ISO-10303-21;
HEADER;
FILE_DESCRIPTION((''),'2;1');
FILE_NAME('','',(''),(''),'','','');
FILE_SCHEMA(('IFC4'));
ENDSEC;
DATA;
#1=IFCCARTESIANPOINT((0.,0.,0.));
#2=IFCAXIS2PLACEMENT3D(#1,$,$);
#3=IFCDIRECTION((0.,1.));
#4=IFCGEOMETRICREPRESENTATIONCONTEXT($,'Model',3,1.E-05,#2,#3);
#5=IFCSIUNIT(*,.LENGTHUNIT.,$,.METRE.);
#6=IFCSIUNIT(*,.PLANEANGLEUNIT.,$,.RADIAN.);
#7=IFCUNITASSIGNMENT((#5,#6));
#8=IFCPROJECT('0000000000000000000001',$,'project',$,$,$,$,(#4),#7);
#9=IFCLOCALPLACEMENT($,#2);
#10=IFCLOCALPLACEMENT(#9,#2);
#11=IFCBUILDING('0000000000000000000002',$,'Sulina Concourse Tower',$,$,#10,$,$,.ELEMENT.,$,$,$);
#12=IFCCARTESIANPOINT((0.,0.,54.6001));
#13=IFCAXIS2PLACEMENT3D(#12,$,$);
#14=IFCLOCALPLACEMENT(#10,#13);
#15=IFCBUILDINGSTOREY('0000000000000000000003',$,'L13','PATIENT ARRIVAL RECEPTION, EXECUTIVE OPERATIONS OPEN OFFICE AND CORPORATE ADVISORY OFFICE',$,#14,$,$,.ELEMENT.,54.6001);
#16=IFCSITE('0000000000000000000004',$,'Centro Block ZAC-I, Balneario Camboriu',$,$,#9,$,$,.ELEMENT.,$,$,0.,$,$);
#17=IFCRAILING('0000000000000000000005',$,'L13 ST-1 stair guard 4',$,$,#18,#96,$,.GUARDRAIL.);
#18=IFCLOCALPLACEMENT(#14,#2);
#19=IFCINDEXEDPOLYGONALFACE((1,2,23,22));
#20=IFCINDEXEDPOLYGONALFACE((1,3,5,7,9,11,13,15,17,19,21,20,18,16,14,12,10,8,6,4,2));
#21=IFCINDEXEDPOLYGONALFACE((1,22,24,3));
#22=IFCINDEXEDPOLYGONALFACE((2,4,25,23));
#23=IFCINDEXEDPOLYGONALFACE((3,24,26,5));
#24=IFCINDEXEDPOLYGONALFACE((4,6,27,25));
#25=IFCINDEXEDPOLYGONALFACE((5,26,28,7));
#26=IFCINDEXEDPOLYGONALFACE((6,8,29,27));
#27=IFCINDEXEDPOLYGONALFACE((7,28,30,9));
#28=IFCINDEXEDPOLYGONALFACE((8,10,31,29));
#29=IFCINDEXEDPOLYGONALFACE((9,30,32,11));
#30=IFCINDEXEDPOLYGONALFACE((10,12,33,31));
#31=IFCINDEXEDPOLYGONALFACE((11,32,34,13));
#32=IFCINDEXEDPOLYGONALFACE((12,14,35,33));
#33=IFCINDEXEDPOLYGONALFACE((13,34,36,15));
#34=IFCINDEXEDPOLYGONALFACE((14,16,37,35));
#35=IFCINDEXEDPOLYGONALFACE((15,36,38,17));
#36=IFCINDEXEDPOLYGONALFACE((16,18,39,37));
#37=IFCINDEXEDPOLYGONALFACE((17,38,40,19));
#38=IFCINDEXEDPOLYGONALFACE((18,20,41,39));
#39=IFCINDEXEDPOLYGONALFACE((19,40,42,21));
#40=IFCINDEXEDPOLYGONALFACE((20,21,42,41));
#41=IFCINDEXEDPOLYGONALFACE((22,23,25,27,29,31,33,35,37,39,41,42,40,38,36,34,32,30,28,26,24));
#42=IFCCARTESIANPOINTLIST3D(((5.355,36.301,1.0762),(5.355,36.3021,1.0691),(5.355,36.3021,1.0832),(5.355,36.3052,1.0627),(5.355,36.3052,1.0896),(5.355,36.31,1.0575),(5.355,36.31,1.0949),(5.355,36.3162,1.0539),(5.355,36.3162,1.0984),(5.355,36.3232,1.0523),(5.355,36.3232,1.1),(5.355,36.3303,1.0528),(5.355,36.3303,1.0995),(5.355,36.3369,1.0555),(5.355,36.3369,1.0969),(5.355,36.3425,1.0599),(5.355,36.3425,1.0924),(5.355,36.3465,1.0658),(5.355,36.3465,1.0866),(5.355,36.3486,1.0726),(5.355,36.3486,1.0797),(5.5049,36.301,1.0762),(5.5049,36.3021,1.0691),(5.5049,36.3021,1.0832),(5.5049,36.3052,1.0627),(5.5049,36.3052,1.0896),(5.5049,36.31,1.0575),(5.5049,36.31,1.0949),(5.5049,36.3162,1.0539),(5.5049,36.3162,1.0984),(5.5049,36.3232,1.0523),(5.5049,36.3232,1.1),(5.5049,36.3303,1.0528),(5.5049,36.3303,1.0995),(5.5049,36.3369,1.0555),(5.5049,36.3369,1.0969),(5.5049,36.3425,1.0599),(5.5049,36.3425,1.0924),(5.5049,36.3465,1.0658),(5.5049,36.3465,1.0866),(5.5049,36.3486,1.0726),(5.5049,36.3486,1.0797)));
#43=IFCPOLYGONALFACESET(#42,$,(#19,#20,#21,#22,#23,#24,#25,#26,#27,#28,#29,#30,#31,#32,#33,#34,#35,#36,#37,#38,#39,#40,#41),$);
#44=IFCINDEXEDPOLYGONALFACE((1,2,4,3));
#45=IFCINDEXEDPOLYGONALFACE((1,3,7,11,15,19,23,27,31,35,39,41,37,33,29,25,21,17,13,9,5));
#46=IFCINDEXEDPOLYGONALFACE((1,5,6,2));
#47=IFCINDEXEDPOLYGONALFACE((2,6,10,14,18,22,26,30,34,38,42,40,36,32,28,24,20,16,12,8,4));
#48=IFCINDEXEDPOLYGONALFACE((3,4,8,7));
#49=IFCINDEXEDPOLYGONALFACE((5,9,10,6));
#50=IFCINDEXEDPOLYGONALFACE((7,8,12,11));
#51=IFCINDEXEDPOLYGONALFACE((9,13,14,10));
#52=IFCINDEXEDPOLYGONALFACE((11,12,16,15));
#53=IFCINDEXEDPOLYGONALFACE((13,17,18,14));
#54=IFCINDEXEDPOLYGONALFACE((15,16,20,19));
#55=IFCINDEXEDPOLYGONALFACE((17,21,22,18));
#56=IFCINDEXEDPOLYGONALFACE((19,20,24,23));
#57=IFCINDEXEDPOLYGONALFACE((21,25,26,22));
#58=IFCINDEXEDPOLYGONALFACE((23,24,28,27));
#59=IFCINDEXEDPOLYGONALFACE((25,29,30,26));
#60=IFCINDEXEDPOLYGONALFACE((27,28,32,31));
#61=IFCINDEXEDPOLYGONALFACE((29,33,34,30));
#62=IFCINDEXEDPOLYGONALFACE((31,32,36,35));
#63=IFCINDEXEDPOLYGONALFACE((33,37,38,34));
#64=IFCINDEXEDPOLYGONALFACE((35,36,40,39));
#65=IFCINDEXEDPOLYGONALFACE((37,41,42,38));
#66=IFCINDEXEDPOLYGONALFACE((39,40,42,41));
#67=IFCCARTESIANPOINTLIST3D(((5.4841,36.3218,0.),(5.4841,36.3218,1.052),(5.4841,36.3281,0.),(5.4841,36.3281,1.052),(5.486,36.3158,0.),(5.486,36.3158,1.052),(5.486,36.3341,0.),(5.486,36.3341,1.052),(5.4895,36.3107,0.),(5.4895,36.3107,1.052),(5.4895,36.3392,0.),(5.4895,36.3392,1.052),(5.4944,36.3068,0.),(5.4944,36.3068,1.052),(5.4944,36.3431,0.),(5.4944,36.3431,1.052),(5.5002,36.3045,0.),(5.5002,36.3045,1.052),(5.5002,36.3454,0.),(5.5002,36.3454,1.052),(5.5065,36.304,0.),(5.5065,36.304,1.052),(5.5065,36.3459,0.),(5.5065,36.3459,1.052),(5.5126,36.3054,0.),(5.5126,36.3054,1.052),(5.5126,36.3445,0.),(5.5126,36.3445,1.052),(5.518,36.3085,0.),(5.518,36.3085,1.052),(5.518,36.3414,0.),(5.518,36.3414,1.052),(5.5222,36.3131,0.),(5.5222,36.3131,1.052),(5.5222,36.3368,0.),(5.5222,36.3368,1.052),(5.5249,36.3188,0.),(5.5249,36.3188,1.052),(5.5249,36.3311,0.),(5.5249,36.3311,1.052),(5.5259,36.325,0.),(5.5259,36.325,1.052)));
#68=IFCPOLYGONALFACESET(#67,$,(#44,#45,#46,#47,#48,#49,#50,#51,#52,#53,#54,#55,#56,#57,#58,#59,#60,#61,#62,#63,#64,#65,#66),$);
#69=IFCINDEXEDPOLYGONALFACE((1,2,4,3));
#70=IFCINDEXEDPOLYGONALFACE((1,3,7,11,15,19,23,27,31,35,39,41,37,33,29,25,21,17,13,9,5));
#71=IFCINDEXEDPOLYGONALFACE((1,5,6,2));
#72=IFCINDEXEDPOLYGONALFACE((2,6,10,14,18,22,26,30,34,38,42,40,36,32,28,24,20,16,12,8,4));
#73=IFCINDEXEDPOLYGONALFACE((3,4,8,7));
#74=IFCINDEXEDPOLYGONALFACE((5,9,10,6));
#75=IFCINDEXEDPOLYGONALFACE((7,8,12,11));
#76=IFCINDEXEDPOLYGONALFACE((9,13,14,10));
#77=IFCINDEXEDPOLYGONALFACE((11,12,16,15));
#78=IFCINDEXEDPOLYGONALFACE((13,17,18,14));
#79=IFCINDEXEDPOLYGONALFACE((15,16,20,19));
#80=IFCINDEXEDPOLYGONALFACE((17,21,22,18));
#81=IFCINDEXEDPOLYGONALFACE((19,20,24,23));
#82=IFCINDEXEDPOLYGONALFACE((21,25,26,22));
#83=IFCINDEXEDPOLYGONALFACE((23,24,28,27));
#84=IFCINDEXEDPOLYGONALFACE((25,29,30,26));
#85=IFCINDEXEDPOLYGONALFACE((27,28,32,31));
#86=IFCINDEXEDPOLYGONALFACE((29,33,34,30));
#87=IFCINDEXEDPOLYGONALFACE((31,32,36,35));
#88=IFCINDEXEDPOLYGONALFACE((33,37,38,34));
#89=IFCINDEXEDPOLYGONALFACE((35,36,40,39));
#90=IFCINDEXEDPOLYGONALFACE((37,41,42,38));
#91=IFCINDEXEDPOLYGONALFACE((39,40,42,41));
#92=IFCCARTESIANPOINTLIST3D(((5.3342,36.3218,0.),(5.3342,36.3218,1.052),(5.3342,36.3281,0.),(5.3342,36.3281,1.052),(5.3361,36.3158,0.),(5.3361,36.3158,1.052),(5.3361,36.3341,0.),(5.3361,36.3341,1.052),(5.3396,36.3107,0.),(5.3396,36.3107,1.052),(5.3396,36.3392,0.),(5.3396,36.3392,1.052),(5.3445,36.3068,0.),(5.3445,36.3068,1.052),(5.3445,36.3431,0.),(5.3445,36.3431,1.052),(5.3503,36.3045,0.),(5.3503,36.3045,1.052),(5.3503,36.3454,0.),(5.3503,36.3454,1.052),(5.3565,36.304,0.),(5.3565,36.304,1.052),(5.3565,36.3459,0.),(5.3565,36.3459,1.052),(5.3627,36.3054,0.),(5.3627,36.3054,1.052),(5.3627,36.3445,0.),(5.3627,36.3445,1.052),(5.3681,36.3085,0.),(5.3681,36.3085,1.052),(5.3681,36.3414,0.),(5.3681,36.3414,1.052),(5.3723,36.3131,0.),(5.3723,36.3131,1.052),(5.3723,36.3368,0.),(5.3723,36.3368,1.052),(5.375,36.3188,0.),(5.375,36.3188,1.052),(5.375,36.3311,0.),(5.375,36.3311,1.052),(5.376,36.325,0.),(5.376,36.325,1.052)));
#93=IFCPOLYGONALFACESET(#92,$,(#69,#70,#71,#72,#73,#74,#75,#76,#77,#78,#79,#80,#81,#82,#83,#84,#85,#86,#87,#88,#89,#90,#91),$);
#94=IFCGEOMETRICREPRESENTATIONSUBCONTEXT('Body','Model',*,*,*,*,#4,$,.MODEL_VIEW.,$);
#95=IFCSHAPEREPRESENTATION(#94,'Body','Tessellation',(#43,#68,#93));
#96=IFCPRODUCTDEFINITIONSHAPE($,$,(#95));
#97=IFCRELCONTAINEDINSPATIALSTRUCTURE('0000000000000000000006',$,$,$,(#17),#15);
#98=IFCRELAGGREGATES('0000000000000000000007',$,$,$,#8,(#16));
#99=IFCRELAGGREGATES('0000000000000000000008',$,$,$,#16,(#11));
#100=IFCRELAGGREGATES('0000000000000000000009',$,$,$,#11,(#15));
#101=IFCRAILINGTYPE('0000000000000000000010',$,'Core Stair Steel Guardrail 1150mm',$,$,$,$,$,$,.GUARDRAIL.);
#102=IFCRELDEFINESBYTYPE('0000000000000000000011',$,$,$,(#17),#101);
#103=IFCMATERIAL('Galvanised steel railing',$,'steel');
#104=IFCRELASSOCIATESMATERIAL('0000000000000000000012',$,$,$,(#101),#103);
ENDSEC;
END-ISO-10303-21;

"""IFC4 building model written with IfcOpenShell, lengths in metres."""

from ifc_helpers import new_model, si_unit, direction, frame, origin, origin_2d, place, context, subcontext, project, spatial, circle, extrude, material, type_object, element, save


model = new_model("IFC4")

# Units and contexts
model_context = context("Model", 3, precision=1e-05, world=origin(), true_north=direction((0.0, 1.0)))
body_context = subcontext(model_context, "Body", "Model", "MODEL_VIEW")
ifc_project = project(units=[si_unit("LENGTHUNIT", "METRE"), si_unit("PLANEANGLEUNIT", "RADIAN")], contexts=[model_context])

# Site, building, storey
site_placement = place(None, origin())
site = spatial("IfcSite", under=ifc_project, at=site_placement, Name="Centro Block ZAC-I, Balneario Camboriu", CompositionType="ELEMENT", RefElevation=0.0)
building_placement = place(site_placement, origin())
building = spatial("IfcBuilding", under=site, at=building_placement, Name="Sulina Concourse Tower", CompositionType="ELEMENT")
storey_placement = place(building_placement, frame((0.0, 0.0, 54.6001)))
storey = spatial("IfcBuildingStorey", under=building, at=storey_placement, Name="L13", Description="PATIENT ARRIVAL RECEPTION, EXECUTIVE OPERATIONS OPEN OFFICE AND CORPORATE ADVISORY OFFICE", CompositionType="ELEMENT", Elevation=54.6001)

# Railing
ifc_material_1 = material(Name="Galvanised steel railing", Category="steel")
railing_type_1 = type_object("IfcRailingType", Name="Core Stair Steel Guardrail 1150mm", PredefinedType="GUARDRAIL", material=ifc_material_1)
railing_1_placement = place(storey_placement, frame((5.5049, 36.325, 0.0)))
element("IfcRailing", 1, at=railing_1_placement, inside=storey, type_object=railing_type_1, Name="L13 ST-1 stair guard 4", PredefinedType="GUARDRAIL", context=body_context, shape_type="SweptSolid", body=[
    extrude(circle(Radius=0.0239, at=origin_2d()), frame((0.0, 0.0, 1.0762), z_axis=(-1.0, 0.0, 0.0), x_axis=(0.0, -1.0, 0.0)), (0.0, 0.0, 1.0), 0.1499),
    extrude(circle(Radius=0.021, at=origin_2d()), origin(), (0.0, 0.0, 1.0), 1.052),
    extrude(circle(Radius=0.021, at=origin_2d()), frame((-0.1499, 0.0, 0.0)), (0.0, 0.0, 1.0), 1.052),
])

save(model, "model.ifc")
